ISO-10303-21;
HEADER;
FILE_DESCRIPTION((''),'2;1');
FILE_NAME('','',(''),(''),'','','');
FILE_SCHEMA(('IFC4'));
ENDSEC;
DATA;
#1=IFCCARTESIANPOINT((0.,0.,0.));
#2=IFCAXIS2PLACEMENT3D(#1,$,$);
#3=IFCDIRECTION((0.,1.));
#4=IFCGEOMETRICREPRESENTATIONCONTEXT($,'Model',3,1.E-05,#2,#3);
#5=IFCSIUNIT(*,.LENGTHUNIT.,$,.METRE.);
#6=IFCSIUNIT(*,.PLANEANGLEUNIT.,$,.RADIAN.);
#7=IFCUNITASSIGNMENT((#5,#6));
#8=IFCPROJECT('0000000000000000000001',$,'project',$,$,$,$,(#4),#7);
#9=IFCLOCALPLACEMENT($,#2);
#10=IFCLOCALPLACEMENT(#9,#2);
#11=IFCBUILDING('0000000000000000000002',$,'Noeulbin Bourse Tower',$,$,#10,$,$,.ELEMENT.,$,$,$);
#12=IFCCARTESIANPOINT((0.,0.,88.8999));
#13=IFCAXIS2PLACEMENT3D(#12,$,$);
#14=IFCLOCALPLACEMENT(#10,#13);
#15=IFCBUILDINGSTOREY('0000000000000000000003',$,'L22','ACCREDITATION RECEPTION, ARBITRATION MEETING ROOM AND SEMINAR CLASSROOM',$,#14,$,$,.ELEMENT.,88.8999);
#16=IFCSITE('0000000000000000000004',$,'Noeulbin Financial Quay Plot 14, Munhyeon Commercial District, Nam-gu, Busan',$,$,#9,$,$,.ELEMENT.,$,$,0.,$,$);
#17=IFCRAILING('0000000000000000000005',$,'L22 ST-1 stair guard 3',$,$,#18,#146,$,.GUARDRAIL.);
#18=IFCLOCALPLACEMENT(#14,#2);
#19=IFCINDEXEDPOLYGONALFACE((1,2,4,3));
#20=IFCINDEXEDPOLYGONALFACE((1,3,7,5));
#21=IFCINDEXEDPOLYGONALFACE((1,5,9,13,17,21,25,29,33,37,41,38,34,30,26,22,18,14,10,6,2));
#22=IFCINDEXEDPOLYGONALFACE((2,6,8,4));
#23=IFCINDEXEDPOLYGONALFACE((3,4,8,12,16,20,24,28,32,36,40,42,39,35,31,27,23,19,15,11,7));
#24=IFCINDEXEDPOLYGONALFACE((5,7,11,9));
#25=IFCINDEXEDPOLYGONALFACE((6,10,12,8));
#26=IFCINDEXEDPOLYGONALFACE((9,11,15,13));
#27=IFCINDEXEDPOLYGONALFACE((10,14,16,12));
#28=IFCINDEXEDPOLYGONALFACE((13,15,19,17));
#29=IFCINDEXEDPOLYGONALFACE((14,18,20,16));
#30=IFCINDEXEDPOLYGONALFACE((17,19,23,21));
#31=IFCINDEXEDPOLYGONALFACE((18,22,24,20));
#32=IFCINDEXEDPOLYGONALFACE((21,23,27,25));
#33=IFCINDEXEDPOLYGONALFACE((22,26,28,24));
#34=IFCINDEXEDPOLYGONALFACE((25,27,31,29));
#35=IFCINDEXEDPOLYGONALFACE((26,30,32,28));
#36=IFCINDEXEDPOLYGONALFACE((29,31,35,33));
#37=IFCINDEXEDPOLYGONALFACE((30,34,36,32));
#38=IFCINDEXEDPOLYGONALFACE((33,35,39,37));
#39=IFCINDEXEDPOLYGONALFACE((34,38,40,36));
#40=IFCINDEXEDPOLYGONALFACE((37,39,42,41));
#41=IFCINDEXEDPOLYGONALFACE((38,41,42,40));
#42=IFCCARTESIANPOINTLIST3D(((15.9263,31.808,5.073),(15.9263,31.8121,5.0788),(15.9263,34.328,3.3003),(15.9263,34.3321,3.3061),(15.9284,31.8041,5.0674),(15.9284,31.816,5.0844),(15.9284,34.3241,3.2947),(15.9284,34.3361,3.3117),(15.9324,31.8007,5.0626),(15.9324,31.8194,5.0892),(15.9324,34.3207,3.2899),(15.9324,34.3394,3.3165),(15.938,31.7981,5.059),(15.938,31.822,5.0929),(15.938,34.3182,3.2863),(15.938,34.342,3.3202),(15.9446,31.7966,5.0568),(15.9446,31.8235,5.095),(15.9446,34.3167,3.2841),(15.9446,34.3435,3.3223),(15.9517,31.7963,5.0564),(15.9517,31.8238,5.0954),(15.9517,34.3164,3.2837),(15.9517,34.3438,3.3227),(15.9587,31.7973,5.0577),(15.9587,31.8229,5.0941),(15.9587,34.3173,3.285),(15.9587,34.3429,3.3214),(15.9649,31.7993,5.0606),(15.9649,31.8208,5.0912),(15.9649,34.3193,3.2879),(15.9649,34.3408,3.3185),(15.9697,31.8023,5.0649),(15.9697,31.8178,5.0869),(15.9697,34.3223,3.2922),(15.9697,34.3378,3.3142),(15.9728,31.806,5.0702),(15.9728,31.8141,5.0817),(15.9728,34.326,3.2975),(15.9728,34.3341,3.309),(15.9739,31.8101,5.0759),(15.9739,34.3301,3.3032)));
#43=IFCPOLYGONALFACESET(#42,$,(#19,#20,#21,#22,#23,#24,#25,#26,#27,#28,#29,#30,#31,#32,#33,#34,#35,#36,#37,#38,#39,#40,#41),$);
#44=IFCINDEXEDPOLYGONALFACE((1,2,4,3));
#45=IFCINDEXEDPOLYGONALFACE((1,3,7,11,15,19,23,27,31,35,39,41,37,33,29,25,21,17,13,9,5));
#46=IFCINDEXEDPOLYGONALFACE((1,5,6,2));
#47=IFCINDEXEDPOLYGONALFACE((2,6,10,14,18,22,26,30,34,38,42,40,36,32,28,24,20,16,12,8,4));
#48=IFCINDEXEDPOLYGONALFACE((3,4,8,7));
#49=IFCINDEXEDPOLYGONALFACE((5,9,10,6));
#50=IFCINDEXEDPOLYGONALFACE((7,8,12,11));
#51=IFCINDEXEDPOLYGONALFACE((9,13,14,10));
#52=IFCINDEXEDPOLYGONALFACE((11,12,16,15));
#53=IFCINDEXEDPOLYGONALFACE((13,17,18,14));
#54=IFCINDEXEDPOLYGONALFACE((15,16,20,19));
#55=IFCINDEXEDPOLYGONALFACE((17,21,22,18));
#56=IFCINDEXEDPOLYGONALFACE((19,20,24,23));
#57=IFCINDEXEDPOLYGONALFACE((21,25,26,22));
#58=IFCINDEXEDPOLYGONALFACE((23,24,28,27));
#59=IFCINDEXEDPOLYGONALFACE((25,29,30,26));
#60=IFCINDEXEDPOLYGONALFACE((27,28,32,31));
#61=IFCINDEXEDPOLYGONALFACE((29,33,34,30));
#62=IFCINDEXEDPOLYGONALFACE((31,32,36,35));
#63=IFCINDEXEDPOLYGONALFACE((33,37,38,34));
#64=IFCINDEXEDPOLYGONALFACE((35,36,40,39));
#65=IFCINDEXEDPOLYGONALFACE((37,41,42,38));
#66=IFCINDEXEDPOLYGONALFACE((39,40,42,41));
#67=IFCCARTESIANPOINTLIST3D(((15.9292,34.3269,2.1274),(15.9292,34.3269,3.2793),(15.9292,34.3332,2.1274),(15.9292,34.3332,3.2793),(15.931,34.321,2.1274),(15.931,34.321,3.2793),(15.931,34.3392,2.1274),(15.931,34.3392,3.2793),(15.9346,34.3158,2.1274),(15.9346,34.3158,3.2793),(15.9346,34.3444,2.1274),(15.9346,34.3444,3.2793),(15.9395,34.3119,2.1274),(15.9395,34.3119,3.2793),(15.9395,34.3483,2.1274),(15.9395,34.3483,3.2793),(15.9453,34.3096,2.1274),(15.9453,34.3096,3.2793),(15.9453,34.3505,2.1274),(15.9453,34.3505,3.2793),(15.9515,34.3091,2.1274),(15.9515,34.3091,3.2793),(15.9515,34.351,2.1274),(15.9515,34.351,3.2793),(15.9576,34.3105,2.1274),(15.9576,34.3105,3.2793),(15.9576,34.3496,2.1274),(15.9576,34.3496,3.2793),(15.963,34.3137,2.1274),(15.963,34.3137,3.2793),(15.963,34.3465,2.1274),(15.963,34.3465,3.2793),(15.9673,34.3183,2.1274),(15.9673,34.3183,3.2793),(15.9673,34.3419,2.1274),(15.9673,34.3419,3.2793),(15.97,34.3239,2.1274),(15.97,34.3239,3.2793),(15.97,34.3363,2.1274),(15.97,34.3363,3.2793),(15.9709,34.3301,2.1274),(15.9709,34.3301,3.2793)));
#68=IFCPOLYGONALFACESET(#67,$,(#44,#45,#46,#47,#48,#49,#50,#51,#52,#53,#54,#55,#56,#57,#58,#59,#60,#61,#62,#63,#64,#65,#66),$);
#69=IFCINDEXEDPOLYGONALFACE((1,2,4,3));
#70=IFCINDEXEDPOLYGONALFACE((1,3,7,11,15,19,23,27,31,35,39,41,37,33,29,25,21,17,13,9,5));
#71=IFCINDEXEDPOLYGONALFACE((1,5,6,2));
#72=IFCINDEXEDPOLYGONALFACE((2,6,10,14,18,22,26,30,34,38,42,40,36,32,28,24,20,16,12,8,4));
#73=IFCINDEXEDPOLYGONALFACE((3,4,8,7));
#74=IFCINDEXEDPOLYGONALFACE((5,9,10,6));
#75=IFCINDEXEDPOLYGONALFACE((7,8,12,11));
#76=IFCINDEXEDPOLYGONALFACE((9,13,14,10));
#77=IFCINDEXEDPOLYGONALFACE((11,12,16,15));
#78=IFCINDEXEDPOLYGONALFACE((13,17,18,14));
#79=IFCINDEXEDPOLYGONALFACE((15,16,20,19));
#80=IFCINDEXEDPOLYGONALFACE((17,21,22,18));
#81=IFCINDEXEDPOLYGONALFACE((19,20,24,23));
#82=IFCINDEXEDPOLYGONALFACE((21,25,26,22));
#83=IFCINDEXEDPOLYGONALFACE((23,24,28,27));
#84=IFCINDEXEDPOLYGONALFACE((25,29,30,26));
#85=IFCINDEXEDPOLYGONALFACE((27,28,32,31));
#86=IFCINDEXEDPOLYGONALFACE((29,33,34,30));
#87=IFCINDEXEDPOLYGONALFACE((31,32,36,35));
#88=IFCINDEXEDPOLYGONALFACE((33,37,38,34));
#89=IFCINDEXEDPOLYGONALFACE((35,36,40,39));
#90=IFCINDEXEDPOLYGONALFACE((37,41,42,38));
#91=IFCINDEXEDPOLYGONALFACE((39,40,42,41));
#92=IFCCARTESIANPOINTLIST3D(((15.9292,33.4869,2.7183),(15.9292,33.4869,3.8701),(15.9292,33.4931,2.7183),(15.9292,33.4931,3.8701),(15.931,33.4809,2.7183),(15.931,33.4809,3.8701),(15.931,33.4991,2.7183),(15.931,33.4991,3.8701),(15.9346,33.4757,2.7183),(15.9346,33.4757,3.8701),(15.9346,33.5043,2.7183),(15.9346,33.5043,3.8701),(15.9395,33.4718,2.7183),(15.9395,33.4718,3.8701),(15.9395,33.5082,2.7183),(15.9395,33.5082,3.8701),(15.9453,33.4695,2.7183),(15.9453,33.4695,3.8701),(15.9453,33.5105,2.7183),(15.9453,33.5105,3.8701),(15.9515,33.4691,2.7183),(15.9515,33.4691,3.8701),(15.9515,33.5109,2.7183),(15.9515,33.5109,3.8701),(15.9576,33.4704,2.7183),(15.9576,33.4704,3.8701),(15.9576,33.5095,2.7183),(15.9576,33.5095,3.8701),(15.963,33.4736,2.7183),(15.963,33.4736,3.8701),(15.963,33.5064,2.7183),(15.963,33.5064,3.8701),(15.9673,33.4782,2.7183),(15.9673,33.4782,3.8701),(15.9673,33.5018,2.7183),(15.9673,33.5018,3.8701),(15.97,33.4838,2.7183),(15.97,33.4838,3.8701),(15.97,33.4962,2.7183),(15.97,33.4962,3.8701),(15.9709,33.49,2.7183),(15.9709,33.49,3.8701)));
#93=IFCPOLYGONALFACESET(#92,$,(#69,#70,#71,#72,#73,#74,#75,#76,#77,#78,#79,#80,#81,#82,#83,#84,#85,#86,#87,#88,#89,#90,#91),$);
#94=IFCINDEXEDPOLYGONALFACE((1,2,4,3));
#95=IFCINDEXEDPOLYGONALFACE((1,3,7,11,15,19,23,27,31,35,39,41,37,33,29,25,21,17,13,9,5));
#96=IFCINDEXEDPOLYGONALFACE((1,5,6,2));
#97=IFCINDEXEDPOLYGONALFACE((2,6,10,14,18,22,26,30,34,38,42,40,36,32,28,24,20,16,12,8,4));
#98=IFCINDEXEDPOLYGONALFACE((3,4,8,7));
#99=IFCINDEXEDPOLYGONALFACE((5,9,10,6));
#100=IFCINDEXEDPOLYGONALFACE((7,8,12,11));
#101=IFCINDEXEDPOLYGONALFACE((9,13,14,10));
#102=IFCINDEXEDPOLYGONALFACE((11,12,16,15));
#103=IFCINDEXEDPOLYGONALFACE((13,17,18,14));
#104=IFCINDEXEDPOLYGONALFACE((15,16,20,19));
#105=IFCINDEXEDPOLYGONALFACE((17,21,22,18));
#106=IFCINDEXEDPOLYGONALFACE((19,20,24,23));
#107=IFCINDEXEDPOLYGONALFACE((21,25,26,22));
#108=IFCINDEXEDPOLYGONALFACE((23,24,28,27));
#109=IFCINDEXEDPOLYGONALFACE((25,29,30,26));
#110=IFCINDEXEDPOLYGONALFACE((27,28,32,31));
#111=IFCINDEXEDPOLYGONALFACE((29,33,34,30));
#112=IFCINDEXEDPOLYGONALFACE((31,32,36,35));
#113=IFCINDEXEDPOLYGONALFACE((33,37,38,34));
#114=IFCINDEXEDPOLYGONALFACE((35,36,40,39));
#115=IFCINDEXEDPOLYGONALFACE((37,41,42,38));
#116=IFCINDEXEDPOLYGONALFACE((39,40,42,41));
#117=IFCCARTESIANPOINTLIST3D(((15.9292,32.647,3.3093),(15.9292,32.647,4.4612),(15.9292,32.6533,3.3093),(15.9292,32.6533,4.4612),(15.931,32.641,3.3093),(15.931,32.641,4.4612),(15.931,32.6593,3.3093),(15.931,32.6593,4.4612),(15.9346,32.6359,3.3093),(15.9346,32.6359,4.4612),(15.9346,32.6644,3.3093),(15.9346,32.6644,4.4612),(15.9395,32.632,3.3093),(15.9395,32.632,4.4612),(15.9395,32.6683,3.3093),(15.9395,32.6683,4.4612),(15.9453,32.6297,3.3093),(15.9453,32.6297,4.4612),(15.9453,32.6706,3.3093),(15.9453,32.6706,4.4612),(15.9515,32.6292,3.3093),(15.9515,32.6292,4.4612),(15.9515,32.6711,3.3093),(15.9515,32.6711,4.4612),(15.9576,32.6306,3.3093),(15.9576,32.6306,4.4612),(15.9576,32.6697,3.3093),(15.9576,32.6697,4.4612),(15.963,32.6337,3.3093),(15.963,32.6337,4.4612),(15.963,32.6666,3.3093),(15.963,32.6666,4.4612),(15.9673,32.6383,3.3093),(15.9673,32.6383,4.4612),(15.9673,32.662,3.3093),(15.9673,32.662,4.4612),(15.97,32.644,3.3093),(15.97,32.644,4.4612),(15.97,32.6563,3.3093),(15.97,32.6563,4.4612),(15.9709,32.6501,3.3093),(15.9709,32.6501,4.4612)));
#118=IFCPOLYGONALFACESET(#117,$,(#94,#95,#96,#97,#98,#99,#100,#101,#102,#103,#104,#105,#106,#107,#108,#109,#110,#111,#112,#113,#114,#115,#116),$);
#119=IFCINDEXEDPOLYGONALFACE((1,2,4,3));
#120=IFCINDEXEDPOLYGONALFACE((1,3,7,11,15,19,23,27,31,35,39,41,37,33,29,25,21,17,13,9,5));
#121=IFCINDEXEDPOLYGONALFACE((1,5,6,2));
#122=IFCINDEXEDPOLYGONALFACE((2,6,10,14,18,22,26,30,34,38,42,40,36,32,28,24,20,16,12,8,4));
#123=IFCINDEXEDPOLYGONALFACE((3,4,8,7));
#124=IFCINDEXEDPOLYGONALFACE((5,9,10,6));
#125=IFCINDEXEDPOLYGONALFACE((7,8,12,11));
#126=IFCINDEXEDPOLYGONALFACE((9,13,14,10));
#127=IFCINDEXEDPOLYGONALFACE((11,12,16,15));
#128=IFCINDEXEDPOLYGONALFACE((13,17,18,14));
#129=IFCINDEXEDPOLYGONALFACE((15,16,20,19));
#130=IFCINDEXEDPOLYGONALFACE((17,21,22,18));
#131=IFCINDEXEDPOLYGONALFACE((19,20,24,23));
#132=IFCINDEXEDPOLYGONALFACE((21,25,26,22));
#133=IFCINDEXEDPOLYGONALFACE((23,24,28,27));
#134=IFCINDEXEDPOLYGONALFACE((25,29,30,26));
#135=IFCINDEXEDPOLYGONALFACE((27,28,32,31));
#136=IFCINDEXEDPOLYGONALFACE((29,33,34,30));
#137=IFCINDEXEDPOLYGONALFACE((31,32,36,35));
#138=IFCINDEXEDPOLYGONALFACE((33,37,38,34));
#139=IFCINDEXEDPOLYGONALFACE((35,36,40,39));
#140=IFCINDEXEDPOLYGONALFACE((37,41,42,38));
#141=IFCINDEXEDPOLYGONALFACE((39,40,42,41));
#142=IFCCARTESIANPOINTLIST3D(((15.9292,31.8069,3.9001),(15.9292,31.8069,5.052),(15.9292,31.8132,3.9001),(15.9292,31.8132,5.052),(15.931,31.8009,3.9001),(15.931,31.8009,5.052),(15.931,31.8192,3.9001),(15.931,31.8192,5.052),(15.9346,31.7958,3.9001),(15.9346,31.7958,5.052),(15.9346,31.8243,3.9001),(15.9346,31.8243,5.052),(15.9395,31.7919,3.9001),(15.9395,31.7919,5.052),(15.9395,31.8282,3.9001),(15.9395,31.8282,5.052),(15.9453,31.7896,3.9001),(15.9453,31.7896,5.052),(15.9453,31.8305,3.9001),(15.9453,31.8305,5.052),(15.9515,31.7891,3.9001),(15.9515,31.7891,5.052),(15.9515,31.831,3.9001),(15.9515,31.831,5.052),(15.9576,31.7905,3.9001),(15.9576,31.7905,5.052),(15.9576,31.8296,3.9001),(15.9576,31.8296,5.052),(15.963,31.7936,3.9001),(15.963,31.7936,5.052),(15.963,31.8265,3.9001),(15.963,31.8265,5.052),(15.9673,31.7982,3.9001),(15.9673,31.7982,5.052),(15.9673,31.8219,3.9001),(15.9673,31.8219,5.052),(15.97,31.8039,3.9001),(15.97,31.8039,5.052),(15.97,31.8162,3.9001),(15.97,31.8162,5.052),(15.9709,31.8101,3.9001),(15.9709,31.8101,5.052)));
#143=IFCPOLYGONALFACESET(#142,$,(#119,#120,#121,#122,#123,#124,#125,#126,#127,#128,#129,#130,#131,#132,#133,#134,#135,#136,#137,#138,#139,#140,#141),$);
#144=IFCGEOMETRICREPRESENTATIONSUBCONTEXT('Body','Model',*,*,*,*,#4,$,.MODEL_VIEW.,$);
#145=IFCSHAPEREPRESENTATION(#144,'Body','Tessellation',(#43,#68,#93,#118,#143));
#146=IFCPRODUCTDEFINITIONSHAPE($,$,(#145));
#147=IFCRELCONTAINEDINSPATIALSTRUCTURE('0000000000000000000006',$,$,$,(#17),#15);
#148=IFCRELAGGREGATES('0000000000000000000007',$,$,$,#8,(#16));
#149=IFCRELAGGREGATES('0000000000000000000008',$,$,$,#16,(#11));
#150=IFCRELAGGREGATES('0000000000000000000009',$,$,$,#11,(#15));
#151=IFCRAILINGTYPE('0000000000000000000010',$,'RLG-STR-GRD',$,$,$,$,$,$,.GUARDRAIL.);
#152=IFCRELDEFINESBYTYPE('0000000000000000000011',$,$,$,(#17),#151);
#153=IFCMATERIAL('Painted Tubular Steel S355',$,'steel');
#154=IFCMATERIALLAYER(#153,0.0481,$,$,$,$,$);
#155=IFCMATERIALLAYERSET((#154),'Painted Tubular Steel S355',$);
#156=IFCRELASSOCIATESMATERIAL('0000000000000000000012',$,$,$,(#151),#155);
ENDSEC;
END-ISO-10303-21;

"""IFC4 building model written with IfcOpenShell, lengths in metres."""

from ifc_helpers import new_model, si_unit, direction, frame, origin, origin_2d, place, context, subcontext, project, spatial, circle, extrude, material, layer, layer_set, type_object, element, save


model = new_model("IFC4")

# Units and contexts
model_context = context("Model", 3, precision=1e-05, world=origin(), true_north=direction((0.0, 1.0)))
body_context = subcontext(model_context, "Body", "Model", "MODEL_VIEW")
ifc_project = project(units=[si_unit("LENGTHUNIT", "METRE"), si_unit("PLANEANGLEUNIT", "RADIAN")], contexts=[model_context])

# Site, building, storey
site_placement = place(None, origin())
site = spatial("IfcSite", under=ifc_project, at=site_placement, Name="Noeulbin Financial Quay Plot 14, Munhyeon Commercial District, Nam-gu, Busan", CompositionType="ELEMENT", RefElevation=0.0)
building_placement = place(site_placement, origin())
building = spatial("IfcBuilding", under=site, at=building_placement, Name="Noeulbin Bourse Tower", CompositionType="ELEMENT")
storey_placement = place(building_placement, frame((0.0, 0.0, 88.8999)))
storey = spatial("IfcBuildingStorey", under=building, at=storey_placement, Name="L22", Description="ACCREDITATION RECEPTION, ARBITRATION MEETING ROOM AND SEMINAR CLASSROOM", CompositionType="ELEMENT", Elevation=88.8999)

# Railing
ifc_material_1 = material(Name="Painted Tubular Steel S355", Category="steel")
ifc_layer_1 = layer(ifc_material_1, 0.0481)
ifc_layer_set_1 = layer_set([ifc_layer_1], Name="Painted Tubular Steel S355")
railing_type_1 = type_object("IfcRailingType", Name="RLG-STR-GRD", PredefinedType="GUARDRAIL", material=ifc_layer_set_1)
railing_1_placement = place(storey_placement, frame((15.95, 34.3301, 2.1274)))
element("IfcRailing", 1, at=railing_1_placement, inside=storey, type_object=railing_type_1, Name="L22 ST-1 stair guard 3", PredefinedType="GUARDRAIL", context=body_context, shape_type="SweptSolid", body=[
    extrude(circle(Radius=0.0239, at=origin_2d()), frame((0.0, 0.0, 1.1758), z_axis=(0.0, -0.817904, 0.575354), x_axis=(1.0, 0.0, 0.0)), (0.0, 0.0, 1.0), 3.0811),
    extrude(circle(Radius=0.021, at=origin_2d()), origin(), (0.0, 0.0, 1.0), 1.1519),
    extrude(circle(Radius=0.021, at=origin_2d()), frame((0.0, -0.8401, 0.5908)), (0.0, 0.0, 1.0), 1.1519),
    extrude(circle(Radius=0.021, at=origin_2d()), frame((0.0, -1.6799, 1.1819)), (0.0, 0.0, 1.0), 1.1519),
    extrude(circle(Radius=0.021, at=origin_2d()), frame((0.0, -2.52, 1.7727)), (0.0, 0.0, 1.0), 1.1519),
])

save(model, "model.ifc")
